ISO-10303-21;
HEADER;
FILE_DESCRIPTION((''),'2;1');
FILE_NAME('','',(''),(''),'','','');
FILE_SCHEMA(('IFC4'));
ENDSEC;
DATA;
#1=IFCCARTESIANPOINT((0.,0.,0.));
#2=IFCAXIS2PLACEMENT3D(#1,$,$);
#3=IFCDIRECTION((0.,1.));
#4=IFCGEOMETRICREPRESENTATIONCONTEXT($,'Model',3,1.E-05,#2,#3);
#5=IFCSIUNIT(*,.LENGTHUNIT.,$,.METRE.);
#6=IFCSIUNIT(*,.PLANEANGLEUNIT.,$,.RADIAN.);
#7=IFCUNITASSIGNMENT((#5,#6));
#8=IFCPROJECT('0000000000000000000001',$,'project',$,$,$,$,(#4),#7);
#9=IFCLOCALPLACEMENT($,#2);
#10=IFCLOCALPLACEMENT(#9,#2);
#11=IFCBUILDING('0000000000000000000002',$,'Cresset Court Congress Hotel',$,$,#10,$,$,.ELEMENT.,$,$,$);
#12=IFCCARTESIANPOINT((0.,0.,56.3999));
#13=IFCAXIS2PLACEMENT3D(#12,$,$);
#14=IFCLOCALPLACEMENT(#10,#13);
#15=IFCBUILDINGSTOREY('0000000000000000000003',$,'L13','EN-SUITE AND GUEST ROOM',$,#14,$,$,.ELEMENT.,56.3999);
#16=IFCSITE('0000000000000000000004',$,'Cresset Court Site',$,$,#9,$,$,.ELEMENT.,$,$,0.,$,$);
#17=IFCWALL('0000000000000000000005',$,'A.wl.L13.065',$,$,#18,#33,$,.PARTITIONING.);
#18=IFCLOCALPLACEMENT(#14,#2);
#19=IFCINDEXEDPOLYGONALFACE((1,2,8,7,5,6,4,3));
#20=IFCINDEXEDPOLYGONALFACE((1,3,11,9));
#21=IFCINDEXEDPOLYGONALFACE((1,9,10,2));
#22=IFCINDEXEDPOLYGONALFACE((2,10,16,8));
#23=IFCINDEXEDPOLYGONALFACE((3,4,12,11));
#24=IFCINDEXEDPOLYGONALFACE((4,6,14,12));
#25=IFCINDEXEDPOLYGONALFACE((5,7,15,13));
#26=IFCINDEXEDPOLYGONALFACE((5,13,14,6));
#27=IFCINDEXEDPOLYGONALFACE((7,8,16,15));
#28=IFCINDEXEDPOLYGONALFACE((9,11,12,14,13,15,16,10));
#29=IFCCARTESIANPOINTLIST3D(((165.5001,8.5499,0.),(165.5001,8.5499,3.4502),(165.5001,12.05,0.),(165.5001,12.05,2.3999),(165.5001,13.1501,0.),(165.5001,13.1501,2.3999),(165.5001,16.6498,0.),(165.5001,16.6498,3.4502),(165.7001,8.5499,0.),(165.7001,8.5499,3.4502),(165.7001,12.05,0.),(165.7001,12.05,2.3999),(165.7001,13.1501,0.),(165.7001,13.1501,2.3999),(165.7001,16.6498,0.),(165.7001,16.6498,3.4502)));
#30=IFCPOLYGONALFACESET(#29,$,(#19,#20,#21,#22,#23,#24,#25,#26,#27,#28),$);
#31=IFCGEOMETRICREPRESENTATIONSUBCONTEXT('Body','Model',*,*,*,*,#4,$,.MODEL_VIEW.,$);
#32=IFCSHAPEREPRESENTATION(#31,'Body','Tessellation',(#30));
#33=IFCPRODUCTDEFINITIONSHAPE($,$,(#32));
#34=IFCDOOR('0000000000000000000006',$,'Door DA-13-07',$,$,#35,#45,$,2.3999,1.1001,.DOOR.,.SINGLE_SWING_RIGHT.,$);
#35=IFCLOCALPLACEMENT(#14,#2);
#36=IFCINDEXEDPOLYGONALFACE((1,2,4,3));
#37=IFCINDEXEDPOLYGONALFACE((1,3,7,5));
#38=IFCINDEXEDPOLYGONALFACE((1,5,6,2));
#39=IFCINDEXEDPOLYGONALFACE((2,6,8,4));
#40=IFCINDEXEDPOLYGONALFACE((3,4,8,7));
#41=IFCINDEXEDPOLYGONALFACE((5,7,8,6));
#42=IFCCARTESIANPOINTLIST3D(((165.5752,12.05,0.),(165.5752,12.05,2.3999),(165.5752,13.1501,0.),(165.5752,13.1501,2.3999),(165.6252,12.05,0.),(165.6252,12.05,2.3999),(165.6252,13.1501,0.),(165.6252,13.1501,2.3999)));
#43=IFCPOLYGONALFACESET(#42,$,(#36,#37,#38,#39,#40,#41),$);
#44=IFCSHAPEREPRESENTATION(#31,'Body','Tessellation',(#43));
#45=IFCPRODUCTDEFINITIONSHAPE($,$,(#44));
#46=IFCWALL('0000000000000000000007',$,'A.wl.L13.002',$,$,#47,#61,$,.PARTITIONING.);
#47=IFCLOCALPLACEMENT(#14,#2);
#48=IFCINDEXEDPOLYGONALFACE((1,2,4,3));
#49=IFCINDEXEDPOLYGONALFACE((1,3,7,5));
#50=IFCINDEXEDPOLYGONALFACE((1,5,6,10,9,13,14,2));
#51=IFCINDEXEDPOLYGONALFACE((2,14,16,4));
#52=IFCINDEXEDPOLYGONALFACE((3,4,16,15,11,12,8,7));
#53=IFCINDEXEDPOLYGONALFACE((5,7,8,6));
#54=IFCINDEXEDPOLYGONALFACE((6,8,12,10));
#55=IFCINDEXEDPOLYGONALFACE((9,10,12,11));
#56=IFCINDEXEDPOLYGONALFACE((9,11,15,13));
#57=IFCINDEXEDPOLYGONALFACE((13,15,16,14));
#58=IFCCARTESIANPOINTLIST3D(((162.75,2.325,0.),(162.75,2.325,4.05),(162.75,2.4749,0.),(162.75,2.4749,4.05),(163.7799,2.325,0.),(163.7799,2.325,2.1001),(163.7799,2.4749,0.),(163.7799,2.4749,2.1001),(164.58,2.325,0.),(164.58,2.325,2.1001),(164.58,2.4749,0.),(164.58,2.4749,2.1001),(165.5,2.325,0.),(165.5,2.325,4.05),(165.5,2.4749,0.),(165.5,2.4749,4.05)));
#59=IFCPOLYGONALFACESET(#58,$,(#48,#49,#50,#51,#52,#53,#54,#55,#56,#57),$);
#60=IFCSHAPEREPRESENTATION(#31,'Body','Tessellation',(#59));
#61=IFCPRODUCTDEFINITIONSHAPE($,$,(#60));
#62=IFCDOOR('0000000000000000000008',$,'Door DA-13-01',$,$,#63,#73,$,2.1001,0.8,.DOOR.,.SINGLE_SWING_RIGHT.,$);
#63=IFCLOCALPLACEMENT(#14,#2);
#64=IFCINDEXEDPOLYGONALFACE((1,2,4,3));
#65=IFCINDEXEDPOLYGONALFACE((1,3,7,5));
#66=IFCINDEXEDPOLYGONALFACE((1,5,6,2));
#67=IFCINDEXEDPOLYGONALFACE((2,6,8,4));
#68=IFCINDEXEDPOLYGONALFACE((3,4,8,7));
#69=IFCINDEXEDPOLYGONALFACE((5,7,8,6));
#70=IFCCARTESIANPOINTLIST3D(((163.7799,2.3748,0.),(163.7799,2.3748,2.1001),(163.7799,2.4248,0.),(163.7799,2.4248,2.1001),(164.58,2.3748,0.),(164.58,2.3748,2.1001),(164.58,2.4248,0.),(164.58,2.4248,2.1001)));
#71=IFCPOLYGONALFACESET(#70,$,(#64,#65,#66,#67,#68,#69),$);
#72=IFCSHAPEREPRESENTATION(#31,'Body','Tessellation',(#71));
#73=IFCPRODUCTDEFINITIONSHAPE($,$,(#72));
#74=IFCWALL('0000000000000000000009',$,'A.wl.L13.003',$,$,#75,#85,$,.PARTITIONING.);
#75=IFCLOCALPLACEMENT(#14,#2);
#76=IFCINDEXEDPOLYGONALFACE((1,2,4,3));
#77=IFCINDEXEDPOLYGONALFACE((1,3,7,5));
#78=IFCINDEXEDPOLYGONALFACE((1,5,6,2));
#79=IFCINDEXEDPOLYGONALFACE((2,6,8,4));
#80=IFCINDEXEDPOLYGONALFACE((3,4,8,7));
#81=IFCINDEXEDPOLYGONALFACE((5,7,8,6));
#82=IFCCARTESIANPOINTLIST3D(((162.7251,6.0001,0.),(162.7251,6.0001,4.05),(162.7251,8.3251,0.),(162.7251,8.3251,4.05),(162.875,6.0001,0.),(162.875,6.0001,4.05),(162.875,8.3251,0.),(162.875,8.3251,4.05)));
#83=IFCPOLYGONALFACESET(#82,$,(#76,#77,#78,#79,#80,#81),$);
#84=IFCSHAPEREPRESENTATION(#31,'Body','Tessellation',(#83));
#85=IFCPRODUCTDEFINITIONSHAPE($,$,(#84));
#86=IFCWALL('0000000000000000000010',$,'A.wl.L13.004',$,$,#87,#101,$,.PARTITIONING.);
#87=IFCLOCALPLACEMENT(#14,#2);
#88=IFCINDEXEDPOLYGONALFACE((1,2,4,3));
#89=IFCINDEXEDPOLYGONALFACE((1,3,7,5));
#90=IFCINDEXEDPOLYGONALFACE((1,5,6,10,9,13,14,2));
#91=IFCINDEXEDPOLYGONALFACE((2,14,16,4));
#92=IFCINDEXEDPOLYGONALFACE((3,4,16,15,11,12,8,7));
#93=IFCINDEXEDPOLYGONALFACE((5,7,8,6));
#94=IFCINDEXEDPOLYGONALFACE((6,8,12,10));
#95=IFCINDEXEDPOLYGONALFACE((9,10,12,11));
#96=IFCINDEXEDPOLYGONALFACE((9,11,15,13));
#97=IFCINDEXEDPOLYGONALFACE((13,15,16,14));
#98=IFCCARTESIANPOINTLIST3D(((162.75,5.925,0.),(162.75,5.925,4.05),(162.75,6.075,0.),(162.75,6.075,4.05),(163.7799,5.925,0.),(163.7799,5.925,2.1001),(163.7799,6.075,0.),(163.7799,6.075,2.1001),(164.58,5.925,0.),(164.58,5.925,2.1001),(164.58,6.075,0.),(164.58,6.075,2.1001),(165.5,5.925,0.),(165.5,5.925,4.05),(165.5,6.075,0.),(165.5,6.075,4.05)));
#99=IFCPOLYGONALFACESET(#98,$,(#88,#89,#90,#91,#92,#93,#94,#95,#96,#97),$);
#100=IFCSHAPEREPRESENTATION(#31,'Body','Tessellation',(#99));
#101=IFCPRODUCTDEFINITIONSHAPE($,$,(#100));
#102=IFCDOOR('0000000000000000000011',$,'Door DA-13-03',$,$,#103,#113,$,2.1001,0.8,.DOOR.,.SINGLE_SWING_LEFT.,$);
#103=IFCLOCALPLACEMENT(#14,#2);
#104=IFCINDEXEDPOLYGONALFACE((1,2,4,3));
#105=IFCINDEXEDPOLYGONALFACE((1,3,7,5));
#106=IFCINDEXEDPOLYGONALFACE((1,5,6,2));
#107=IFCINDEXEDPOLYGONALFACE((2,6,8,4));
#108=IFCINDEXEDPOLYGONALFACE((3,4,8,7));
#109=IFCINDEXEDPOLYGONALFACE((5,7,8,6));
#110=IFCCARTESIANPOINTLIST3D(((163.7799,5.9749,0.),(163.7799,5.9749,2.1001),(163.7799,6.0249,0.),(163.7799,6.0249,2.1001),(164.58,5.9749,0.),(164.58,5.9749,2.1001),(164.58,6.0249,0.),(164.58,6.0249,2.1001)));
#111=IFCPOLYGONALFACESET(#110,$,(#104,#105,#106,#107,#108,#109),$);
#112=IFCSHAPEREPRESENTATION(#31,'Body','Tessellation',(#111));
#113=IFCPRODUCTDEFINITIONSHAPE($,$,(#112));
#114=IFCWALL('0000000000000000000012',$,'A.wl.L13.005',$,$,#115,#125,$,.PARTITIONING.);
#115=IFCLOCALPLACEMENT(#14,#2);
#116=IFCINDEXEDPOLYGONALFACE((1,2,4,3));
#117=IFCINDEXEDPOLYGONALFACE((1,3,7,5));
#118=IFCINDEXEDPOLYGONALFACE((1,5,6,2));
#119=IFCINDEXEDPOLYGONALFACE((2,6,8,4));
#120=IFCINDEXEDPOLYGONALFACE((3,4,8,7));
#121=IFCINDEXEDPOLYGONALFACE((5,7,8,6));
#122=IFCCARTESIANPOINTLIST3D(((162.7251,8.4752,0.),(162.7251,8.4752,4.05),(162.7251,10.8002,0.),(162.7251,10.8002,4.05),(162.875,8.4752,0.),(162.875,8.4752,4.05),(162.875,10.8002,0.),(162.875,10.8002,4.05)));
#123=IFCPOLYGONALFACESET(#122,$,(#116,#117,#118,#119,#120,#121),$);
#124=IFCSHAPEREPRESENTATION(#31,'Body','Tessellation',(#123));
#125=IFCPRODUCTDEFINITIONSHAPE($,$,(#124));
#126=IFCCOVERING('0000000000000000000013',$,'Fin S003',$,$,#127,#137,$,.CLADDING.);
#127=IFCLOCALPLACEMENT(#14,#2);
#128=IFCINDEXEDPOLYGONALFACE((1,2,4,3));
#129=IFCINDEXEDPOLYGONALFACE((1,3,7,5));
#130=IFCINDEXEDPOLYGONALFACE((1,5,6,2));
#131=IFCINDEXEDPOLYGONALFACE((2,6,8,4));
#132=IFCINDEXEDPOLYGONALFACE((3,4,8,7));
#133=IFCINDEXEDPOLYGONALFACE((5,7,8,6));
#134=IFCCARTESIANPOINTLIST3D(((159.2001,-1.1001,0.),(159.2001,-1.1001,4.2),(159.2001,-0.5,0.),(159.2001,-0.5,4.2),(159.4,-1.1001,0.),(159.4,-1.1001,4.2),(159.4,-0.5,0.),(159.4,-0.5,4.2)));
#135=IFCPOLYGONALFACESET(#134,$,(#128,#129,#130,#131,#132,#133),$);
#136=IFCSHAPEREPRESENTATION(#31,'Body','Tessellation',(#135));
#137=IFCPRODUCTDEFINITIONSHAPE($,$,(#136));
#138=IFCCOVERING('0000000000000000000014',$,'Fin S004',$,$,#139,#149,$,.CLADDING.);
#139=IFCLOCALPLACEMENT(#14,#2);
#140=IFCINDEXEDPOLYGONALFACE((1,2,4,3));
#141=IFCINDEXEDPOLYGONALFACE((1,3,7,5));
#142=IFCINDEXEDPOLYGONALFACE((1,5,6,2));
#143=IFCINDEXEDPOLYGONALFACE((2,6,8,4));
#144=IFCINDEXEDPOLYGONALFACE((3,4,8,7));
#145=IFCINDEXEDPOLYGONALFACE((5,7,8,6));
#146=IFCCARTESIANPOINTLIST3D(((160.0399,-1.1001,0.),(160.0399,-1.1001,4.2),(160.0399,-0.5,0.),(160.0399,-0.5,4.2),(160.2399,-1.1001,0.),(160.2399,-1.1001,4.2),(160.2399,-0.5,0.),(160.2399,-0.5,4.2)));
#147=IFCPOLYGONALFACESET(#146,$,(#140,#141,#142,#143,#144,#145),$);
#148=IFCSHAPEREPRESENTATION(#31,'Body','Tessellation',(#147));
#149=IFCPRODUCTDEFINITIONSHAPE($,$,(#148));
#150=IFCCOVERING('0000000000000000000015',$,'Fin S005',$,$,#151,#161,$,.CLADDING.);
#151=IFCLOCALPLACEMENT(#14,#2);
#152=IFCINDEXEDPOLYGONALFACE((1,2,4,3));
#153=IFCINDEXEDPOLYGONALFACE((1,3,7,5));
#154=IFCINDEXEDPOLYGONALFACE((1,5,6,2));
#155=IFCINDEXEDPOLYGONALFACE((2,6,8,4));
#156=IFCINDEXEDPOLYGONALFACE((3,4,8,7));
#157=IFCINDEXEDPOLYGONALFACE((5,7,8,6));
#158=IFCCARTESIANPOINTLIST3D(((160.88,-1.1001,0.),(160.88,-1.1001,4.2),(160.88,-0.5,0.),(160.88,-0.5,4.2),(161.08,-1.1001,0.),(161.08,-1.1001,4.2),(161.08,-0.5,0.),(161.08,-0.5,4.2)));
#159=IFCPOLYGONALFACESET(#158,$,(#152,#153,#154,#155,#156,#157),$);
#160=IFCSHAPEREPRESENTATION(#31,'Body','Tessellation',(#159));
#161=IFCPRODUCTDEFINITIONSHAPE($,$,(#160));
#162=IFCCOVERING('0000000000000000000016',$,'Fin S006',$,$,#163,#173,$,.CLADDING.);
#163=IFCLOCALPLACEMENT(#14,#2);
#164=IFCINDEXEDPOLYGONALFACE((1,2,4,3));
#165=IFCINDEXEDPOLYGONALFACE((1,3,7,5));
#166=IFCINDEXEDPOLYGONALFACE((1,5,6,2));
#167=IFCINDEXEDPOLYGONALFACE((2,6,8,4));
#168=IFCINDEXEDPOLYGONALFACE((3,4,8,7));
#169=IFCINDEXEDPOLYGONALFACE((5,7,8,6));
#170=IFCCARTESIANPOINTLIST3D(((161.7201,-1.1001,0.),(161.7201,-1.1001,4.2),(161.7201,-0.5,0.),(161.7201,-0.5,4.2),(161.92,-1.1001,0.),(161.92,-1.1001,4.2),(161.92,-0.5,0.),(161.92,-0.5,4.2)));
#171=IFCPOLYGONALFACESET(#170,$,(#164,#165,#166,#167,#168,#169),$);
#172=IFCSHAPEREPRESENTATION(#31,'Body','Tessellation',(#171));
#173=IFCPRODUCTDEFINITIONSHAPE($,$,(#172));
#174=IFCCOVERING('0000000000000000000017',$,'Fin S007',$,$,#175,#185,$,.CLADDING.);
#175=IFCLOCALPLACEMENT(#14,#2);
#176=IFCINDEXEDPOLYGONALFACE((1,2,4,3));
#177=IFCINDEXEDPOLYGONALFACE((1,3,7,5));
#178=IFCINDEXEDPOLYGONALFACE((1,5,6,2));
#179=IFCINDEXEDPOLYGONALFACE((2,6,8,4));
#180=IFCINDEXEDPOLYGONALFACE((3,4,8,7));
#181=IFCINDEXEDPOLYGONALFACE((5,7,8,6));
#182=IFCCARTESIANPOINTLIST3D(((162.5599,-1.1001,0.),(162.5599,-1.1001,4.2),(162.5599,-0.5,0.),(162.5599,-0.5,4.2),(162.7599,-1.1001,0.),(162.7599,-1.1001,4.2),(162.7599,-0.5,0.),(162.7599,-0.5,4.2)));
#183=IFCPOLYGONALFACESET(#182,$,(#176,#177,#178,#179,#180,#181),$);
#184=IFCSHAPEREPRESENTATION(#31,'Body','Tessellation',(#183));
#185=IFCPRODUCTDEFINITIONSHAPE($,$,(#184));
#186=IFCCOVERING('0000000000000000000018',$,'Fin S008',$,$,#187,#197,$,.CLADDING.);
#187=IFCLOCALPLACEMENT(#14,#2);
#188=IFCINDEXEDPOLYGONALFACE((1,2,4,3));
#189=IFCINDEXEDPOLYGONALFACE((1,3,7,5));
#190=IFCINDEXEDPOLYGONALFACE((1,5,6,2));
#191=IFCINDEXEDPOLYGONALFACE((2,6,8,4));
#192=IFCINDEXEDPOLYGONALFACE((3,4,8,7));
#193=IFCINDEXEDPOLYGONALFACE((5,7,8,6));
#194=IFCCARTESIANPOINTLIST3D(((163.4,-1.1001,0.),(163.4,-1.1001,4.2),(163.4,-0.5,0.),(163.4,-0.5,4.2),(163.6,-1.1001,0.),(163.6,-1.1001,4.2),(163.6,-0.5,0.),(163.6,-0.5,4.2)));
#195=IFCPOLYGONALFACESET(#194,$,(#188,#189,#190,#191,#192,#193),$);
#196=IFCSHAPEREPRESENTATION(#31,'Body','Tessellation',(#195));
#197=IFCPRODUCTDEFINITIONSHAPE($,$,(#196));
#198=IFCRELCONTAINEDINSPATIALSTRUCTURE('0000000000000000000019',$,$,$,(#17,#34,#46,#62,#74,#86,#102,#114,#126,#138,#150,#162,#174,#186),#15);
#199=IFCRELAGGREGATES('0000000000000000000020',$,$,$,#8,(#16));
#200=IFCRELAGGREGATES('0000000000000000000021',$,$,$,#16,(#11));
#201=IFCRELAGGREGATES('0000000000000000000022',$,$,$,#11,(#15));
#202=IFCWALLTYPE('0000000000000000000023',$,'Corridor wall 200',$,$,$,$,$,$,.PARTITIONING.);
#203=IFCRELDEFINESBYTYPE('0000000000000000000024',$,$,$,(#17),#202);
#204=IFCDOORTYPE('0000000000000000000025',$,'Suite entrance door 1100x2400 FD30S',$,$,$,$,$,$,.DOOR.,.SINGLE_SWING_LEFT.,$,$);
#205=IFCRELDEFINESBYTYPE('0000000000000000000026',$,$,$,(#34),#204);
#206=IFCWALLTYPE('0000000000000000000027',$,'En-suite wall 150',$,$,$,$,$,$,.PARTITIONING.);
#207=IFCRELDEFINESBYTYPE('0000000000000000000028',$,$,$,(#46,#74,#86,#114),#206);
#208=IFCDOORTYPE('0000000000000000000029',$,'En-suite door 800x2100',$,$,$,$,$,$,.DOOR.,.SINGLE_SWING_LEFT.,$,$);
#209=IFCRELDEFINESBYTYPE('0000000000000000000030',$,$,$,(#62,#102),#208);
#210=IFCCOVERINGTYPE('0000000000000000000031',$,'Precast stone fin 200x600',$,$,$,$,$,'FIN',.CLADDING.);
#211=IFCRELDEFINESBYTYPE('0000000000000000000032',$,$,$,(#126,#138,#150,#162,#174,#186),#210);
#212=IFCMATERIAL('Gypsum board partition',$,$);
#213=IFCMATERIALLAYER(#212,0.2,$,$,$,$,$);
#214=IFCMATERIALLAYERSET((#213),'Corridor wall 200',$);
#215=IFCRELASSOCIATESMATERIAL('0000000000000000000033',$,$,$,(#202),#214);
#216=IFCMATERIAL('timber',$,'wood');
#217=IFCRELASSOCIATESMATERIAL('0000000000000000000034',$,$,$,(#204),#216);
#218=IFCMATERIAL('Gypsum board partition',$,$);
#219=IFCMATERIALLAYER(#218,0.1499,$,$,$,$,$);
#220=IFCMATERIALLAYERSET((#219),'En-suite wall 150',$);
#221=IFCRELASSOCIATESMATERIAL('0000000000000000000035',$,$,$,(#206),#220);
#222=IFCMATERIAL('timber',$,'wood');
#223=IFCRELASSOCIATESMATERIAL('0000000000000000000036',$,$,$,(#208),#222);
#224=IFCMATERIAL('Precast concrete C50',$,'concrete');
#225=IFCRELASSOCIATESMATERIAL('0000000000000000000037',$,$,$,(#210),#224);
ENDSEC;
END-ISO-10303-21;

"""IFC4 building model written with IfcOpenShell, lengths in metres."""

from ifc_helpers import new_model, si_unit, direction, frame, frame_2d, origin, origin_2d, place, context, subcontext, project, spatial, rectangle, extrude, material, layer, layer_set, type_object, element, fill, save


model = new_model("IFC4")

# Units and contexts
model_context = context("Model", 3, precision=1e-05, world=origin(), true_north=direction((0.0, 1.0)))
body_context = subcontext(model_context, "Body", "Model", "MODEL_VIEW")
ifc_project = project(units=[si_unit("LENGTHUNIT", "METRE"), si_unit("PLANEANGLEUNIT", "RADIAN")], contexts=[model_context])

# Site, building, storey
site_placement = place(None, origin())
site = spatial("IfcSite", under=ifc_project, at=site_placement, Name="Cresset Court Site", CompositionType="ELEMENT", RefElevation=0.0)
building_placement = place(site_placement, origin())
building = spatial("IfcBuilding", under=site, at=building_placement, Name="Cresset Court Congress Hotel", CompositionType="ELEMENT")
storey_placement = place(building_placement, frame((0.0, 0.0, 56.3999)))
storey = spatial("IfcBuildingStorey", under=building, at=storey_placement, Name="L13", Description="EN-SUITE AND GUEST ROOM", CompositionType="ELEMENT", Elevation=56.3999)

# Shared definitions
ifc_material_1 = material(Name="Gypsum board partition")
ifc_layer_1 = layer(ifc_material_1, 0.2)
ifc_layer_set_1 = layer_set([ifc_layer_1], Name="Corridor wall 200")
wall_type_1 = type_object("IfcWallType", Name="Corridor wall 200", PredefinedType="PARTITIONING", material=ifc_layer_set_1)

# Wall, opening, door
wall_1_placement = place(storey_placement, frame((165.6001, 8.55, 0.0), z_axis=(0.0, 0.0, 1.0), x_axis=(0.0, 1.0, 0.0)))
wall_1 = element("IfcWall", 1, at=wall_1_placement, inside=storey, type_object=wall_type_1, Name="A.wl.L13.065", PredefinedType="PARTITIONING", context=body_context, shape_type="SweptSolid", body=[
    extrude(rectangle(XDim=8.0999, YDim=0.2, at=frame_2d((4.0498, 0.0))), origin(), (0.0, 0.0, 1.0), 3.4502),
])
opening_1_placement = place(wall_1_placement, frame((3.5, 0.0, 0.0)))
opening_1 = element("IfcOpeningElement", 2, at=opening_1_placement, cuts=wall_1, PredefinedType="OPENING", context=body_context, shape_type="SweptSolid", body=[
    extrude(rectangle(XDim=1.1001, YDim=2.3999, at=frame_2d((0.55, 1.2))), frame((0.0, 0.1099, 0.0), z_axis=(0.0, -1.0, 0.0), x_axis=(1.0, 0.0, 0.0)), (0.0, 0.0, 1.0), 0.22),
])
ifc_material_2 = material(Name="timber", Category="wood")
door_type_1 = type_object("IfcDoorType", Name="Suite entrance door 1100x2400 FD30S", OperationType="SINGLE_SWING_LEFT", PredefinedType="DOOR", material=ifc_material_2)
door_1_placement = place(opening_1_placement, origin())
door_1 = element("IfcDoor", 3, at=door_1_placement, inside=storey, type_object=door_type_1, Name="Door DA-13-07", OperationType="SINGLE_SWING_RIGHT", OverallHeight=2.3999, OverallWidth=1.1001, PredefinedType="DOOR", context=body_context, shape_type="SweptSolid", body=[
    extrude(rectangle(XDim=1.1001, YDim=2.3999, at=frame_2d((0.55, 1.2))), frame((0.0, 0.0249, 0.0), z_axis=(0.0, -1.0, 0.0), x_axis=(1.0, 0.0, 0.0)), (0.0, 0.0, 1.0), 0.05),
])
fill(opening_1, door_1)

# Shared definitions
ifc_material_3 = material(Name="Gypsum board partition")
ifc_layer_2 = layer(ifc_material_3, 0.1499)
ifc_layer_set_2 = layer_set([ifc_layer_2], Name="En-suite wall 150")
wall_type_2 = type_object("IfcWallType", Name="En-suite wall 150", PredefinedType="PARTITIONING", material=ifc_layer_set_2)

# Wall, opening, door
wall_2_placement = place(storey_placement, frame((162.75, 2.3999, 0.0), z_axis=(0.0, 0.0, 1.0), x_axis=(1.0, 0.0, 0.0)))
wall_2 = element("IfcWall", 4, at=wall_2_placement, inside=storey, type_object=wall_type_2, Name="A.wl.L13.002", PredefinedType="PARTITIONING", context=body_context, shape_type="SweptSolid", body=[
    extrude(rectangle(XDim=2.75, YDim=0.1499, at=frame_2d((1.375, 0.0))), origin(), (0.0, 0.0, 1.0), 4.05),
])
opening_2_placement = place(wall_2_placement, frame((1.03, 0.0, 0.0)))
opening_2 = element("IfcOpeningElement", 5, at=opening_2_placement, cuts=wall_2, PredefinedType="OPENING", context=body_context, shape_type="SweptSolid", body=[
    extrude(rectangle(XDim=0.8, YDim=2.1001, at=frame_2d((0.3999, 1.05))), frame((0.0, 0.085, 0.0), z_axis=(0.0, -1.0, 0.0), x_axis=(1.0, 0.0, 0.0)), (0.0, 0.0, 1.0), 0.1699),
])
ifc_material_4 = material(Name="timber", Category="wood")
door_type_2 = type_object("IfcDoorType", Name="En-suite door 800x2100", OperationType="SINGLE_SWING_LEFT", PredefinedType="DOOR", material=ifc_material_4)
door_2_placement = place(opening_2_placement, origin())
door_2 = element("IfcDoor", 6, at=door_2_placement, inside=storey, type_object=door_type_2, Name="Door DA-13-01", OperationType="SINGLE_SWING_RIGHT", OverallHeight=2.1001, OverallWidth=0.8, PredefinedType="DOOR", context=body_context, shape_type="SweptSolid", body=[
    extrude(rectangle(XDim=0.8, YDim=2.1001, at=frame_2d((0.3999, 1.05))), frame((0.0, 0.0249, 0.0), z_axis=(0.0, -1.0, 0.0), x_axis=(1.0, 0.0, 0.0)), (0.0, 0.0, 1.0), 0.05),
])
fill(opening_2, door_2)

# Wall
wall_3_placement = place(storey_placement, frame((162.8, 6.0, 0.0), z_axis=(0.0, 0.0, 1.0), x_axis=(0.0, 1.0, 0.0)))
element("IfcWall", 7, at=wall_3_placement, inside=storey, type_object=wall_type_2, Name="A.wl.L13.003", PredefinedType="PARTITIONING", context=body_context, shape_type="SweptSolid", body=[
    extrude(rectangle(XDim=2.325, YDim=0.1499, at=frame_2d((1.1626, 0.0))), origin(), (0.0, 0.0, 1.0), 4.05),
])

# Wall, opening, door
wall_4_placement = place(storey_placement, frame((162.75, 6.0, 0.0), z_axis=(0.0, 0.0, 1.0), x_axis=(1.0, 0.0, 0.0)))
wall_4 = element("IfcWall", 8, at=wall_4_placement, inside=storey, type_object=wall_type_2, Name="A.wl.L13.004", PredefinedType="PARTITIONING", context=body_context, shape_type="SweptSolid", body=[
    extrude(rectangle(XDim=2.75, YDim=0.1499, at=frame_2d((1.375, 0.0))), origin(), (0.0, 0.0, 1.0), 4.05),
])
opening_3_placement = place(wall_4_placement, frame((1.03, 0.0, 0.0)))
opening_3 = element("IfcOpeningElement", 9, at=opening_3_placement, cuts=wall_4, PredefinedType="OPENING", context=body_context, shape_type="SweptSolid", body=[
    extrude(rectangle(XDim=0.8, YDim=2.1001, at=frame_2d((0.3999, 1.05))), frame((0.0, 0.085, 0.0), z_axis=(0.0, -1.0, 0.0), x_axis=(1.0, 0.0, 0.0)), (0.0, 0.0, 1.0), 0.1699),
])
door_3_placement = place(opening_3_placement, origin())
door_3 = element("IfcDoor", 10, at=door_3_placement, inside=storey, type_object=door_type_2, Name="Door DA-13-03", OperationType="SINGLE_SWING_LEFT", OverallHeight=2.1001, OverallWidth=0.8, PredefinedType="DOOR", context=body_context, shape_type="SweptSolid", body=[
    extrude(rectangle(XDim=0.8, YDim=2.1001, at=frame_2d((0.3999, 1.05))), frame((0.0, 0.0249, 0.0), z_axis=(0.0, -1.0, 0.0), x_axis=(1.0, 0.0, 0.0)), (0.0, 0.0, 1.0), 0.05),
])
fill(opening_3, door_3)

# Wall
wall_5_placement = place(storey_placement, frame((162.8, 8.4751, 0.0), z_axis=(0.0, 0.0, 1.0), x_axis=(0.0, 1.0, 0.0)))
element("IfcWall", 11, at=wall_5_placement, inside=storey, type_object=wall_type_2, Name="A.wl.L13.005", PredefinedType="PARTITIONING", context=body_context, shape_type="SweptSolid", body=[
    extrude(rectangle(XDim=2.325, YDim=0.1499, at=frame_2d((1.1626, 0.0))), origin(), (0.0, 0.0, 1.0), 4.05),
])

# Coverings
ifc_material_5 = material(Name="Precast concrete C50", Category="concrete")
covering_type_1 = type_object("IfcCoveringType", Name="Precast stone fin 200x600", ElementType="FIN", PredefinedType="CLADDING", material=ifc_material_5)
for number, where, z_axis, x_axis, name in (
    (12, (159.3, -0.8, 0.0), (0.0, 0.0, 1.0), (1.0, 0.0, 0.0), "Fin S003"),
    (13, (160.1399, -0.8, 0.0), (0.0, 0.0, 1.0), (1.0, 0.0, 0.0), "Fin S004"),
    (14, (160.98, -0.8, 0.0), (0.0, 0.0, 1.0), (1.0, 0.0, 0.0), "Fin S005"),
    (15, (161.8201, -0.8, 0.0), (0.0, 0.0, 1.0), (1.0, 0.0, 0.0), "Fin S006"),
    (16, (162.6599, -0.8, 0.0), (0.0, 0.0, 1.0), (1.0, 0.0, 0.0), "Fin S007"),
    (17, (163.5, -0.8, 0.0), (0.0, 0.0, 1.0), (1.0, 0.0, 0.0), "Fin S008"),
):
    element("IfcCovering", number, at=place(storey_placement, frame(where, z_axis=z_axis, x_axis=x_axis)), inside=storey, type_object=covering_type_1, Name=name, PredefinedType="CLADDING", context=body_context, shape_type="SweptSolid", body=[
        extrude(rectangle(XDim=0.2, YDim=0.6001, at=origin_2d()), origin(), (0.0, 0.0, 1.0), 4.2),
    ])

save(model, "model.ifc")
